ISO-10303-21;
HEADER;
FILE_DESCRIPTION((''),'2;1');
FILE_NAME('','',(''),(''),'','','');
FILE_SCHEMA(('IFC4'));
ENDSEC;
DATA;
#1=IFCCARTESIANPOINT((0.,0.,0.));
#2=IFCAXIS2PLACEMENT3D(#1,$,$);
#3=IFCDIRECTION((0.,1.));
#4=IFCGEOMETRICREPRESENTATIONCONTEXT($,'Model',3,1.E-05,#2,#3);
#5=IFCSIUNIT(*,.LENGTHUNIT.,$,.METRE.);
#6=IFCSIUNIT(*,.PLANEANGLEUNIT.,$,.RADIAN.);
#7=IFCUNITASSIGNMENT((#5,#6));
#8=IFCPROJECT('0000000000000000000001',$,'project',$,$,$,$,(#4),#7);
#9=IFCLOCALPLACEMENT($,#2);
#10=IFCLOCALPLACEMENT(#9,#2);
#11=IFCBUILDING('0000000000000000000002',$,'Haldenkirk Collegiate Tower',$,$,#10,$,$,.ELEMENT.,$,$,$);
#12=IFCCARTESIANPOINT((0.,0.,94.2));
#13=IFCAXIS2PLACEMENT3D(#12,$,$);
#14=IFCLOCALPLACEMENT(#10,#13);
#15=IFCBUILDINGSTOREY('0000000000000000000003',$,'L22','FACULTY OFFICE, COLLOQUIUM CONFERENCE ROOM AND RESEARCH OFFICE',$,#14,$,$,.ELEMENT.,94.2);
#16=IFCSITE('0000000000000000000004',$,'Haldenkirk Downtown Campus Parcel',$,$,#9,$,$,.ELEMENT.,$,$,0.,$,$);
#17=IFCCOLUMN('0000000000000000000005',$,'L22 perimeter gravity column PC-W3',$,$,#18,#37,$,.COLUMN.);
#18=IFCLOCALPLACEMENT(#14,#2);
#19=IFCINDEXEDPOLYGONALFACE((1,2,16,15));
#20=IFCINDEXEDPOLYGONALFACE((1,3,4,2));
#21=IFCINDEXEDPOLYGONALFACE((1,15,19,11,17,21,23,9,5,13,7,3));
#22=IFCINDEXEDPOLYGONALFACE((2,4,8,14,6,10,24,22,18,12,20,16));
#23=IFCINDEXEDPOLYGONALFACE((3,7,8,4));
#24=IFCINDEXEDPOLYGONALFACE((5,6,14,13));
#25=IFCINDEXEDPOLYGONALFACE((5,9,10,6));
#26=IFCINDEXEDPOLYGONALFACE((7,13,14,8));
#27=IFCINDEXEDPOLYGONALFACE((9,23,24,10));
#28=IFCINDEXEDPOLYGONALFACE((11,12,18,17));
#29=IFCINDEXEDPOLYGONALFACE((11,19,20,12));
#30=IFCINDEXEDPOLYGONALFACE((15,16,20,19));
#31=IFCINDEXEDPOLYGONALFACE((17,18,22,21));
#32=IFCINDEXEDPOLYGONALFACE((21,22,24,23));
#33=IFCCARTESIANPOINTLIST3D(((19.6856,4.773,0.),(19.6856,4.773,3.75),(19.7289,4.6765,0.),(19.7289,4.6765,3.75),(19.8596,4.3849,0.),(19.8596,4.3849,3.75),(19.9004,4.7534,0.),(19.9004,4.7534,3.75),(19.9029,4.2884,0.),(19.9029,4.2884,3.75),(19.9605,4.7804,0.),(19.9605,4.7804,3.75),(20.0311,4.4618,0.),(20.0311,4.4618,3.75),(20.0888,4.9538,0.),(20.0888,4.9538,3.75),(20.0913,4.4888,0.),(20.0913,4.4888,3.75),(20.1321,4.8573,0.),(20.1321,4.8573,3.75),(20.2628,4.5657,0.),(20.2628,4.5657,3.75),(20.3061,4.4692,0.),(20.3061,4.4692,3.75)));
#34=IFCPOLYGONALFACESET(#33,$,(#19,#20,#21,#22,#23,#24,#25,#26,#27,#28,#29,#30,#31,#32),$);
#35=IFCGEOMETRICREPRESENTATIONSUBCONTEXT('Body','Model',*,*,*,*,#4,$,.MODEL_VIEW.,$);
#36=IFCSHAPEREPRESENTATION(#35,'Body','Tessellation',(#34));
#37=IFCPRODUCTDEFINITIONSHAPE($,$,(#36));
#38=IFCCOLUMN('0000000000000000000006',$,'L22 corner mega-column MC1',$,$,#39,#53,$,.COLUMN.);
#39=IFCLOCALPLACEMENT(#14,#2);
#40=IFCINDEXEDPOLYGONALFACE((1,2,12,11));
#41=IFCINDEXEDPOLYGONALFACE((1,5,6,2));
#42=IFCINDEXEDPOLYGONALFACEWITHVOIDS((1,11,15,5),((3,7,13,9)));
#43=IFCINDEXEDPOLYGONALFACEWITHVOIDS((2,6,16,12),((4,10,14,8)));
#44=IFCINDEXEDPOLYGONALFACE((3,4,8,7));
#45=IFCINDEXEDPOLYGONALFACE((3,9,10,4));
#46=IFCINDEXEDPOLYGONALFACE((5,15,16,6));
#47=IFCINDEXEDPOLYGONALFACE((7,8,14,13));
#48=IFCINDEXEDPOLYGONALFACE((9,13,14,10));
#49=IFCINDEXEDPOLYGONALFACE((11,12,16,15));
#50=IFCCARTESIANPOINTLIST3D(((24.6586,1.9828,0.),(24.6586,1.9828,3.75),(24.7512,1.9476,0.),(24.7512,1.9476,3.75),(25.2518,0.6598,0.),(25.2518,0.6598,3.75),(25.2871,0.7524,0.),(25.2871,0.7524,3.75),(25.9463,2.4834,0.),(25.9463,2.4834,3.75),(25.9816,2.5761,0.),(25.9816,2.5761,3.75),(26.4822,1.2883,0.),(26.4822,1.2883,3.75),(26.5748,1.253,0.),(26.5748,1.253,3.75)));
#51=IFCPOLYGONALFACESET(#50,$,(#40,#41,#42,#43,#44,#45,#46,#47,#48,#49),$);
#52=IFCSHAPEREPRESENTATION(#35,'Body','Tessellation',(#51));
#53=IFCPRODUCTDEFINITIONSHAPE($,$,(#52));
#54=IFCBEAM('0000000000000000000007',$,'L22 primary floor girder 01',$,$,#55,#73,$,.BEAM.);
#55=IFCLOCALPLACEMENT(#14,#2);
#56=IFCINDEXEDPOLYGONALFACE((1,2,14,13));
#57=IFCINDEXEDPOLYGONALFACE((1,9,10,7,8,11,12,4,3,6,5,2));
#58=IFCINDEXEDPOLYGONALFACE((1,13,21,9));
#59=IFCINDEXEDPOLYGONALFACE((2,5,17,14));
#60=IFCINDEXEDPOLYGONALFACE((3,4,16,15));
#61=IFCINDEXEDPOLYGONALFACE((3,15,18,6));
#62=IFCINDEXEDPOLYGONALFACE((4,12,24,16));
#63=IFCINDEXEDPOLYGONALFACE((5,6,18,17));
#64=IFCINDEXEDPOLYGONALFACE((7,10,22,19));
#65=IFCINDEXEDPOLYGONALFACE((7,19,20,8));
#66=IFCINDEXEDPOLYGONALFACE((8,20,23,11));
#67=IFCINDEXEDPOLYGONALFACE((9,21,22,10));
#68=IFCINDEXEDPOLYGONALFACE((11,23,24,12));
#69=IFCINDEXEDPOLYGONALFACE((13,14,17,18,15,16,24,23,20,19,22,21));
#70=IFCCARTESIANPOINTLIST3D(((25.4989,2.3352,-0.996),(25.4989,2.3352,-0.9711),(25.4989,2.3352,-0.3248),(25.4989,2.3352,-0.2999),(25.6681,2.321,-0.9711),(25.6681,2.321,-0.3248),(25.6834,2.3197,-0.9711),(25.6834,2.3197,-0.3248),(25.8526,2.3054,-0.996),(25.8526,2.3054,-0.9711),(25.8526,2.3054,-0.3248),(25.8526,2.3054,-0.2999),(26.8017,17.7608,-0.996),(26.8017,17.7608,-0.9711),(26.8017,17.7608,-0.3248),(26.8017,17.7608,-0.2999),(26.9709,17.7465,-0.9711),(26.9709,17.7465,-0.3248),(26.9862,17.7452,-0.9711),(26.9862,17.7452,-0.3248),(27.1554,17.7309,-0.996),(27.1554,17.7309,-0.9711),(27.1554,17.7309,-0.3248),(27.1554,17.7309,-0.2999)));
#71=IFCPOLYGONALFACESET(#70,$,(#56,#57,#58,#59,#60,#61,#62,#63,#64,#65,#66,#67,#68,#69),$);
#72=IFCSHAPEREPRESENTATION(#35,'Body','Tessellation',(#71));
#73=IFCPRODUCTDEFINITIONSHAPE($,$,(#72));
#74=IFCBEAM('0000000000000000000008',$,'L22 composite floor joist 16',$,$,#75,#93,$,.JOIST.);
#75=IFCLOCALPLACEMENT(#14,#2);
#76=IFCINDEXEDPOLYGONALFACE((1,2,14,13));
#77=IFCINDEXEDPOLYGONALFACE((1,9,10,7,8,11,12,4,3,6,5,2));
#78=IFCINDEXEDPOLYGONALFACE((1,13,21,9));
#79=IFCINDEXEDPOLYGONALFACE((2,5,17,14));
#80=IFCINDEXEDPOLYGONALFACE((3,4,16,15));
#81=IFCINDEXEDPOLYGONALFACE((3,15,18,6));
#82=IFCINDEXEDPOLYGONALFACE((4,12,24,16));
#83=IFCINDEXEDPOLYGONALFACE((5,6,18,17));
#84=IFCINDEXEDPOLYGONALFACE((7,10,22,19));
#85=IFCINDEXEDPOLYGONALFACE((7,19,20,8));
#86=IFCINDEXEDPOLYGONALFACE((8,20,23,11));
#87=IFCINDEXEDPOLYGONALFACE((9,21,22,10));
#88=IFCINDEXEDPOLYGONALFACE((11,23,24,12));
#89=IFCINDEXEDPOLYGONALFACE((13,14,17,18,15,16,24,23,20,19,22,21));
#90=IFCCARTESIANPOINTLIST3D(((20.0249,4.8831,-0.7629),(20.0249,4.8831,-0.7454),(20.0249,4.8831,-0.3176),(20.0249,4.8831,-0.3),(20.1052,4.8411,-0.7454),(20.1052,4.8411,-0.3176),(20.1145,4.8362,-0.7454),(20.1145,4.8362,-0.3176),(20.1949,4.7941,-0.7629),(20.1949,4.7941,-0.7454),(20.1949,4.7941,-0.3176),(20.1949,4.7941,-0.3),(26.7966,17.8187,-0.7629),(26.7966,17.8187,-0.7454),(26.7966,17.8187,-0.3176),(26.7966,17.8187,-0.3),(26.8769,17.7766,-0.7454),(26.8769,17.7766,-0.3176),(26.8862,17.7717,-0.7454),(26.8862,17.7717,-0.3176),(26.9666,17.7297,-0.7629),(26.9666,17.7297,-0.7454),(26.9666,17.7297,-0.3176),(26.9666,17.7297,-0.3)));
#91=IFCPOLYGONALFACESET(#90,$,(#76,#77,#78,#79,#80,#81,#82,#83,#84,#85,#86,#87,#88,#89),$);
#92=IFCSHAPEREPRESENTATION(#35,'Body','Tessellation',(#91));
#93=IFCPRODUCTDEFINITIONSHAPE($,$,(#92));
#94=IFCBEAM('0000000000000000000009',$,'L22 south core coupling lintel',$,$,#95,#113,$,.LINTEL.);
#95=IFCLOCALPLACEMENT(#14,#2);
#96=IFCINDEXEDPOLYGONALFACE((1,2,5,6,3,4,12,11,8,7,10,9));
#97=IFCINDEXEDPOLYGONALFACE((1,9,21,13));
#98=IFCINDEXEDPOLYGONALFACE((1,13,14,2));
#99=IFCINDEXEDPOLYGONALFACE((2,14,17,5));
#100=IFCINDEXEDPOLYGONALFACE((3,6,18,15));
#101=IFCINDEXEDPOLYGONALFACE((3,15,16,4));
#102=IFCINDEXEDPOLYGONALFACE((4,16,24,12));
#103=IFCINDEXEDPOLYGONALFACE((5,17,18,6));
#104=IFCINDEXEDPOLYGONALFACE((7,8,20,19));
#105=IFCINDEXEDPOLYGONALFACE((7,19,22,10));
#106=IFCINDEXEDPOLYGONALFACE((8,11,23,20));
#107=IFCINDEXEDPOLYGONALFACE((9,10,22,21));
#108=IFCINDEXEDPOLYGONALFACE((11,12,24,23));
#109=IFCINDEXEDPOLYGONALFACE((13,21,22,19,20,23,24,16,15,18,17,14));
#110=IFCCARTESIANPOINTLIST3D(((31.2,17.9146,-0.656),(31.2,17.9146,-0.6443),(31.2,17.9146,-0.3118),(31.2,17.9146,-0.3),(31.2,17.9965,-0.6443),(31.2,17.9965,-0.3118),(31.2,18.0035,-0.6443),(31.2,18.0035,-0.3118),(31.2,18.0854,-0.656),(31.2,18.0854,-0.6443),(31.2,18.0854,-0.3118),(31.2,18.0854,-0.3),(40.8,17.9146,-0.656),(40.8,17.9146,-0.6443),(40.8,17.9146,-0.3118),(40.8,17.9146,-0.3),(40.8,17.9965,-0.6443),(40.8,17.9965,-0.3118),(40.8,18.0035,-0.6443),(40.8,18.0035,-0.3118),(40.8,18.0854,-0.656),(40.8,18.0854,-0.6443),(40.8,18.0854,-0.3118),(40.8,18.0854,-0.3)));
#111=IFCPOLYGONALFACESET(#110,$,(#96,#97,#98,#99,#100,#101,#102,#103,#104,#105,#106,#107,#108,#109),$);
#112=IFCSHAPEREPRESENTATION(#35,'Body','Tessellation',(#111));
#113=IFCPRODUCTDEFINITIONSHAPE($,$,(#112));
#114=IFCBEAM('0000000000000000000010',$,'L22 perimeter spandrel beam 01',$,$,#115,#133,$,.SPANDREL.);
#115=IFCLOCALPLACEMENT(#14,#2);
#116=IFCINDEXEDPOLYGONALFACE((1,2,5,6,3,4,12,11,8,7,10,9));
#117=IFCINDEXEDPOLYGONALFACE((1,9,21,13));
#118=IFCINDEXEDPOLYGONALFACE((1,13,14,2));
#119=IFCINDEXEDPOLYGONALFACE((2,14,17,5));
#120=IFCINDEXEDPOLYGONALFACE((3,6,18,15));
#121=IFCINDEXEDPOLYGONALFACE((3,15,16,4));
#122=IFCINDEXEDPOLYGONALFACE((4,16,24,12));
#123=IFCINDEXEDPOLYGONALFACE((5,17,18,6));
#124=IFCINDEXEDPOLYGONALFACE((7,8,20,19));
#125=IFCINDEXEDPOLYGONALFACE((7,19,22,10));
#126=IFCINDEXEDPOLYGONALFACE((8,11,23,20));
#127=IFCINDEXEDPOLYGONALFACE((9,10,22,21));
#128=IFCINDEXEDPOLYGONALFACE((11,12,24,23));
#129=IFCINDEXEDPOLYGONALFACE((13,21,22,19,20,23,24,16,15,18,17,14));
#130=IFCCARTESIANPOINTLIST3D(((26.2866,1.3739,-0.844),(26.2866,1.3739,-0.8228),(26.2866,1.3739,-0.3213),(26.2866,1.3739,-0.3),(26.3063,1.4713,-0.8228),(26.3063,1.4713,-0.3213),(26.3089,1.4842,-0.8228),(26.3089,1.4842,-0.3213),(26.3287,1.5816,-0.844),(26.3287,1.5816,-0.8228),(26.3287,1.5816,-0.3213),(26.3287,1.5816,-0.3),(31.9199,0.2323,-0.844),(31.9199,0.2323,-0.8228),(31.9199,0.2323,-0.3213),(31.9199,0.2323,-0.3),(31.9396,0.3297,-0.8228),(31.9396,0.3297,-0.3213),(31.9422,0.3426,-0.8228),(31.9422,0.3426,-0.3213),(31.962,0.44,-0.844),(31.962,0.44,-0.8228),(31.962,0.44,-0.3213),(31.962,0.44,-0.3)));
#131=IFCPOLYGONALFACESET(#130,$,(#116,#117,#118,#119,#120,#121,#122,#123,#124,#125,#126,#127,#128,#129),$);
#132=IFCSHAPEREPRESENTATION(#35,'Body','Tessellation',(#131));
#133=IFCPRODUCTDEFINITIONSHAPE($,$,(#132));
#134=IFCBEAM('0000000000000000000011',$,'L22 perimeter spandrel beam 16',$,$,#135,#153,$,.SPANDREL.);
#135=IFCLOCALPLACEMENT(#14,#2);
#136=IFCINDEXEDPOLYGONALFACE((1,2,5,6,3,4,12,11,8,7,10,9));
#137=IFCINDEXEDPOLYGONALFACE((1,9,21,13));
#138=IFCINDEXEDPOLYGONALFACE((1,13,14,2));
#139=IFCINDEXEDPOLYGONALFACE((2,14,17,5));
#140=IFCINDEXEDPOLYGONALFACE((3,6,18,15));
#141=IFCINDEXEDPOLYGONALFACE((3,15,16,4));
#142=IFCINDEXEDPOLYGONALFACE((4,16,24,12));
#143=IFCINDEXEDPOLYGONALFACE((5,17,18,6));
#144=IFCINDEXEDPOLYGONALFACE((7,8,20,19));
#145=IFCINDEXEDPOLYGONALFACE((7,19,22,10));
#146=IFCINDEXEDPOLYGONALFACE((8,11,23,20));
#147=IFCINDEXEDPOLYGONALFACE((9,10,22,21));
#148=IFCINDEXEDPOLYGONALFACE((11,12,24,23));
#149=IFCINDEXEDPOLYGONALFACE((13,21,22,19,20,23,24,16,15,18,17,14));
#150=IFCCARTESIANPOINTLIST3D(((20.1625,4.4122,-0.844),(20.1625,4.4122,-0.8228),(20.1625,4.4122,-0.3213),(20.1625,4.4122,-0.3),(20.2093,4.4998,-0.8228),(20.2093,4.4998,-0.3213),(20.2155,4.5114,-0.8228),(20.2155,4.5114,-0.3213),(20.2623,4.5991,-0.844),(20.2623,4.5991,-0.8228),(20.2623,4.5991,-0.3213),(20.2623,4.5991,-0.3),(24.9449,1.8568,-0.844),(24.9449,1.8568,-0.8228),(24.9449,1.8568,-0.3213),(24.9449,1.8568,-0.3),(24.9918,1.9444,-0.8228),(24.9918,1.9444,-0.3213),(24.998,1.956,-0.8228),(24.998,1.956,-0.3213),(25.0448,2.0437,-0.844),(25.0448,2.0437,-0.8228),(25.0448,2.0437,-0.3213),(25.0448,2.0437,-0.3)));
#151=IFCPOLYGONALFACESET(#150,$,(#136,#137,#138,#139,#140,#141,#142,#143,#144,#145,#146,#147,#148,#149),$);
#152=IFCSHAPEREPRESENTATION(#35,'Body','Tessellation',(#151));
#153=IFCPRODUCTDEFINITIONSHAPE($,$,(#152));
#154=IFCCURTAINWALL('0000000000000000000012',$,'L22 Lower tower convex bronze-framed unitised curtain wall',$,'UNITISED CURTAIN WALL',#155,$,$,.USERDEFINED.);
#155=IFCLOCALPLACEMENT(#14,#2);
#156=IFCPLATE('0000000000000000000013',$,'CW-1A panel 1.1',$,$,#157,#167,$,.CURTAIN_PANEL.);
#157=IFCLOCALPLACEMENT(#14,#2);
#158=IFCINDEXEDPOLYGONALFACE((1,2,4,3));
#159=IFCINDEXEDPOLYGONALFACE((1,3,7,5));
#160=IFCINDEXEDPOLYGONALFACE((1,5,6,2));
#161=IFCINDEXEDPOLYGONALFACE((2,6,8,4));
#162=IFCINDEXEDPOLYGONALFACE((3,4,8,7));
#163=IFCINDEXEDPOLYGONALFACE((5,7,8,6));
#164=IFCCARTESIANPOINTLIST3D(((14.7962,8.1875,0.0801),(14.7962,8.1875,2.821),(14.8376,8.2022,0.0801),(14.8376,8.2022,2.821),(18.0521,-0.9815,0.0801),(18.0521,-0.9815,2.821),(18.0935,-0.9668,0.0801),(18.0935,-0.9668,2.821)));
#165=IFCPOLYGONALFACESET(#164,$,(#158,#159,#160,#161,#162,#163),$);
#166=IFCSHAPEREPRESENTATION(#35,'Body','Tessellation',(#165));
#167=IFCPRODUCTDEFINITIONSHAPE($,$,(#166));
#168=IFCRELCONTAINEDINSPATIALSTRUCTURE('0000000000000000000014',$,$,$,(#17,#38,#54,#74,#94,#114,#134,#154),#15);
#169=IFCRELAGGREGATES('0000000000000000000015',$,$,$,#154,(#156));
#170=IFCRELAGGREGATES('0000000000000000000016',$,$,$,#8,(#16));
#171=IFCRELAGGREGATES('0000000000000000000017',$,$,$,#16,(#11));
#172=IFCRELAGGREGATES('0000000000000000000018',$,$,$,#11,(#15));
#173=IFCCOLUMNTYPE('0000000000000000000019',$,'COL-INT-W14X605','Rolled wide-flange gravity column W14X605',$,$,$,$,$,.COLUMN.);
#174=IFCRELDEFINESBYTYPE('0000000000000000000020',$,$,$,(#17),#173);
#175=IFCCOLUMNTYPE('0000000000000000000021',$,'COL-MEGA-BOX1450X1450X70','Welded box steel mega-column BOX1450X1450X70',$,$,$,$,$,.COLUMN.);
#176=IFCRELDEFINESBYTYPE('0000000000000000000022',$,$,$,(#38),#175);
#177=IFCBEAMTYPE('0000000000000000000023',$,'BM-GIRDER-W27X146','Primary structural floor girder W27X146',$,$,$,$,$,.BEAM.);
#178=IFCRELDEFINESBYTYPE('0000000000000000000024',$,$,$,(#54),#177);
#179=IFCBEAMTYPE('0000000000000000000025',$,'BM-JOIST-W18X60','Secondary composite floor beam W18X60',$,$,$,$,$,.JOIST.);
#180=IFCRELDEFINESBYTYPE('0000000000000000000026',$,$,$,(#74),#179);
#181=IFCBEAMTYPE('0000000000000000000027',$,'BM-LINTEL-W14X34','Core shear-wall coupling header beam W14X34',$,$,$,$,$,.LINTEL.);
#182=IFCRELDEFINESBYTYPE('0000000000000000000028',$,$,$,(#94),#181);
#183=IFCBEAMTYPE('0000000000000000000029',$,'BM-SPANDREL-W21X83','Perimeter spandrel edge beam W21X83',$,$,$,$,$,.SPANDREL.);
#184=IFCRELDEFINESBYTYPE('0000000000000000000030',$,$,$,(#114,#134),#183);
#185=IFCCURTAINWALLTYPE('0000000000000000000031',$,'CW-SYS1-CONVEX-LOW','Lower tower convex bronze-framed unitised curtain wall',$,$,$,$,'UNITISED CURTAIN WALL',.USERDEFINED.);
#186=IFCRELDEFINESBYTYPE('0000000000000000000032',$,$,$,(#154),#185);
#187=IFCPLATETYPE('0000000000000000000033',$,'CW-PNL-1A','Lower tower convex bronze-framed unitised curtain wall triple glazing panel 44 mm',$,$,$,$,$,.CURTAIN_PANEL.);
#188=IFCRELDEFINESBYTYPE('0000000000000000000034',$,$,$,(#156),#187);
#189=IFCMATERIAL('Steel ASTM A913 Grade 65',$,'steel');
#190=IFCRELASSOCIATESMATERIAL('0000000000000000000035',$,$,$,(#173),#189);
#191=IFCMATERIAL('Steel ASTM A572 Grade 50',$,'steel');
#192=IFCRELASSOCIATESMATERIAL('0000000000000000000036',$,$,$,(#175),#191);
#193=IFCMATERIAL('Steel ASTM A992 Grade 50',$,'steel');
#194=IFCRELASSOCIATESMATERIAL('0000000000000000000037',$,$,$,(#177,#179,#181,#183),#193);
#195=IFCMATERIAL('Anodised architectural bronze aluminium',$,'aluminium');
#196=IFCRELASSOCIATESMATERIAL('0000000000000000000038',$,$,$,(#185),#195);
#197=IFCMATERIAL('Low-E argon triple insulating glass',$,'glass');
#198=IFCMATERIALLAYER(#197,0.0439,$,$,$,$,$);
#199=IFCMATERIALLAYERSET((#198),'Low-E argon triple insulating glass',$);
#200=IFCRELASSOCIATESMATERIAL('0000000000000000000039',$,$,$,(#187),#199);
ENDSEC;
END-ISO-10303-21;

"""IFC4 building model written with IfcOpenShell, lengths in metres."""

from ifc_helpers import new_model, si_unit, direction, frame, origin, origin_2d, place, context, subcontext, project, spatial, rectangle, hollow_rectangle, i_section, extrude, source, transform, mapped, material, layer, layer_set, material_profile, profile_set, type_object, element, aggregate, save


model = new_model("IFC4")

# Units and contexts
model_context = context("Model", 3, precision=1e-05, world=origin(), true_north=direction((0.0, 1.0)))
body_context = subcontext(model_context, "Body", "Model", "MODEL_VIEW")
ifc_project = project(units=[si_unit("LENGTHUNIT", "METRE"), si_unit("PLANEANGLEUNIT", "RADIAN")], contexts=[model_context])

# Site, building, storey
site_placement = place(None, origin())
site = spatial("IfcSite", under=ifc_project, at=site_placement, Name="Haldenkirk Downtown Campus Parcel", CompositionType="ELEMENT", RefElevation=0.0)
building_placement = place(site_placement, origin())
building = spatial("IfcBuilding", under=site, at=building_placement, Name="Haldenkirk Collegiate Tower", CompositionType="ELEMENT")
storey_placement = place(building_placement, frame((0.0, 0.0, 94.2)))
storey = spatial("IfcBuildingStorey", under=building, at=storey_placement, Name="L22", Description="FACULTY OFFICE, COLLOQUIUM CONFERENCE ROOM AND RESEARCH OFFICE", CompositionType="ELEMENT", Elevation=94.2)

# Columns
ifc_material_1 = material(Name="Steel ASTM A913 Grade 65", Category="steel")
ifc_material_profile_1 = material_profile(ifc_material_1, i_section(OverallWidth=0.4419, OverallDepth=0.531, WebThickness=0.0659, FlangeThickness=0.1057, at=origin_2d()), Name="W14X605")
ifc_profile_set_1 = profile_set([ifc_material_profile_1], Name="Steel ASTM A913 Grade 65")
column_type_1 = type_object("IfcColumnType", Name="COL-INT-W14X605", Description="Rolled wide-flange gravity column W14X605", PredefinedType="COLUMN", material=ifc_profile_set_1)
column_1_placement = place(storey_placement, frame((19.9958, 4.6211, 0.0), z_axis=(0.0, 0.0, 1.0), x_axis=(0.912477, 0.409127, 0.0)))
element("IfcColumn", 1, at=column_1_placement, inside=storey, type_object=column_type_1, Name="L22 perimeter gravity column PC-W3", PredefinedType="COLUMN", context=body_context, shape_type="SweptSolid", body=[
    extrude(i_section(OverallWidth=0.4419, OverallDepth=0.531, WebThickness=0.0659, FlangeThickness=0.1057, at=origin_2d()), origin(), (0.0, 0.0, 1.0), 3.75),
])
ifc_material_2 = material(Name="Steel ASTM A572 Grade 50", Category="steel")
ifc_material_profile_2 = material_profile(ifc_material_2, hollow_rectangle(XDim=1.45, YDim=1.45, WallThickness=0.0701, at=origin_2d()), Name="BOX1450X1450X70")
ifc_profile_set_2 = profile_set([ifc_material_profile_2], Name="Steel ASTM A572 Grade 50")
column_type_2 = type_object("IfcColumnType", Name="COL-MEGA-BOX1450X1450X70", Description="Welded box steel mega-column BOX1450X1450X70", PredefinedType="COLUMN", material=ifc_profile_set_2)
column_2_placement = place(storey_placement, frame((25.6167, 1.6179, 0.0), z_axis=(0.0, 0.0, 1.0), x_axis=(0.912477, 0.409127, 0.0)))
element("IfcColumn", 2, at=column_2_placement, inside=storey, type_object=column_type_2, Name="L22 corner mega-column MC1", PredefinedType="COLUMN", context=body_context, shape_type="SweptSolid", body=[
    extrude(hollow_rectangle(XDim=1.45, YDim=1.45, WallThickness=0.0701, at=origin_2d()), origin(), (0.0, 0.0, 1.0), 3.75),
])

# Beams
ifc_material_3 = material(Name="Steel ASTM A992 Grade 50", Category="steel")
ifc_material_profile_3 = material_profile(ifc_material_3, i_section(OverallWidth=0.355, OverallDepth=0.696, WebThickness=0.0154, FlangeThickness=0.0249, at=origin_2d()), Name="W27X146")
ifc_profile_set_3 = profile_set([ifc_material_profile_3], Name="Steel ASTM A992 Grade 50")
beam_type_1 = type_object("IfcBeamType", Name="BM-GIRDER-W27X146", Description="Primary structural floor girder W27X146", PredefinedType="BEAM", material=ifc_profile_set_3)
beam_1_placement = place(storey_placement, frame((25.6758, 2.3203, -0.6479), z_axis=(0.084154, 0.996453, 0.0), x_axis=(-0.996453, 0.084154, 0.0)))
element("IfcBeam", 3, at=beam_1_placement, inside=storey, type_object=beam_type_1, Name="L22 primary floor girder 01", PredefinedType="BEAM", context=body_context, shape_type="SweptSolid", body=[
    extrude(i_section(OverallWidth=0.355, OverallDepth=0.696, WebThickness=0.0154, FlangeThickness=0.0249, at=origin_2d()), origin(), (0.0, 0.0, 1.0), 15.4805),
])
ifc_material_profile_4 = material_profile(ifc_material_3, i_section(OverallWidth=0.1919, OverallDepth=0.4629, WebThickness=0.0105, FlangeThickness=0.0176, at=origin_2d()), Name="W18X60")
ifc_profile_set_4 = profile_set([ifc_material_profile_4], Name="Steel ASTM A992 Grade 50")
beam_type_2 = type_object("IfcBeamType", Name="BM-JOIST-W18X60", Description="Secondary composite floor beam W18X60", PredefinedType="JOIST", material=ifc_profile_set_4)
beam_2_placement = place(storey_placement, frame((20.1099, 4.8386, -0.5315), z_axis=(0.46379, 0.885945, 0.0), x_axis=(-0.885945, 0.46379, 0.0)))
element("IfcBeam", 4, at=beam_2_placement, inside=storey, type_object=beam_type_2, Name="L22 composite floor joist 16", PredefinedType="JOIST", context=body_context, shape_type="SweptSolid", body=[
    extrude(i_section(OverallWidth=0.1919, OverallDepth=0.4629, WebThickness=0.0105, FlangeThickness=0.0176, at=origin_2d()), origin(), (0.0, 0.0, 1.0), 14.6008),
])
ifc_material_profile_5 = material_profile(ifc_material_3, i_section(OverallWidth=0.1709, OverallDepth=0.356, WebThickness=0.0071, FlangeThickness=0.0117, at=origin_2d()), Name="W14X34")
ifc_profile_set_5 = profile_set([ifc_material_profile_5], Name="Steel ASTM A992 Grade 50")
beam_type_3 = type_object("IfcBeamType", Name="BM-LINTEL-W14X34", Description="Core shear-wall coupling header beam W14X34", PredefinedType="LINTEL", material=ifc_profile_set_5)
beam_3_placement = place(storey_placement, frame((31.2, 18.0, -0.478), z_axis=(1.0, 0.0, 0.0), x_axis=(0.0, 1.0, 0.0)))
element("IfcBeam", 5, at=beam_3_placement, inside=storey, type_object=beam_type_3, Name="L22 south core coupling lintel", PredefinedType="LINTEL", context=body_context, shape_type="SweptSolid", body=[
    extrude(i_section(OverallWidth=0.1709, OverallDepth=0.356, WebThickness=0.0071, FlangeThickness=0.0117, at=origin_2d()), origin(), (0.0, 0.0, 1.0), 9.6001),
])
ifc_material_profile_6 = material_profile(ifc_material_3, i_section(OverallWidth=0.2119, OverallDepth=0.5439, WebThickness=0.0132, FlangeThickness=0.0212, at=origin_2d()), Name="W21X83")
ifc_profile_set_6 = profile_set([ifc_material_profile_6], Name="Steel ASTM A992 Grade 50")
beam_type_4 = type_object("IfcBeamType", Name="BM-SPANDREL-W21X83", Description="Perimeter spandrel edge beam W21X83", PredefinedType="SPANDREL", material=ifc_profile_set_6)
beam_4_placement = place(storey_placement, frame((26.3076, 1.4778, -0.572), z_axis=(0.980078, -0.198615, 0.0), x_axis=(0.198615, 0.980078, 0.0)))
element("IfcBeam", 6, at=beam_4_placement, inside=storey, type_object=beam_type_4, Name="L22 perimeter spandrel beam 01", PredefinedType="SPANDREL", context=body_context, shape_type="SweptSolid", body=[
    extrude(i_section(OverallWidth=0.2119, OverallDepth=0.5439, WebThickness=0.0132, FlangeThickness=0.0212, at=origin_2d()), origin(), (0.0, 0.0, 1.0), 5.7478),
])
beam_5_placement = place(storey_placement, frame((20.2124, 4.5056, -0.572), z_axis=(0.881987, -0.471273, 0.0), x_axis=(0.471273, 0.881987, 0.0)))
element("IfcBeam", 7, at=beam_5_placement, inside=storey, type_object=beam_type_4, Name="L22 perimeter spandrel beam 16", PredefinedType="SPANDREL", context=body_context, shape_type="SweptSolid", body=[
    extrude(i_section(OverallWidth=0.2119, OverallDepth=0.5439, WebThickness=0.0132, FlangeThickness=0.0212, at=origin_2d()), origin(), (0.0, 0.0, 1.0), 5.4224),
])

# Curtain wall, plate
ifc_material_4 = material(Name="Anodised architectural bronze aluminium", Category="aluminium")
curtain_wall_type = type_object("IfcCurtainWallType", Name="CW-SYS1-CONVEX-LOW", Description="Lower tower convex bronze-framed unitised curtain wall", ElementType="UNITISED CURTAIN WALL", PredefinedType="USERDEFINED", material=ifc_material_4)
curtain_wall_placement = place(storey_placement, origin())
curtain_wall = element("IfcCurtainWall", 8, at=curtain_wall_placement, inside=storey, type_object=curtain_wall_type, Name="L22 Lower tower convex bronze-framed unitised curtain wall", ObjectType="UNITISED CURTAIN WALL", PredefinedType="USERDEFINED")
ifc_material_5 = material(Name="Low-E argon triple insulating glass", Category="glass")
ifc_layer_1 = layer(ifc_material_5, 0.0439)
ifc_layer_set_1 = layer_set([ifc_layer_1], Name="Low-E argon triple insulating glass")
plate_type = type_object("IfcPlateType", Name="CW-PNL-1A", Description="Lower tower convex bronze-framed unitised curtain wall triple glazing panel 44 mm", PredefinedType="CURTAIN_PANEL", material=ifc_layer_set_1)
shared_shape = source(origin(), body_context, "Body", "SweptSolid", [
    extrude(rectangle(XDim=9.73, YDim=0.0439, at=origin_2d()), origin(), (0.0, 0.0, 1.0), 2.741),
])
plate_placement = place(storey_placement, frame((16.4448, 3.6104, 0.0801), z_axis=(0.0, 0.0, 1.0), x_axis=(-0.334626, 0.942351, 0.0)))
plate = element("IfcPlate", 9, at=plate_placement, type_object=plate_type, Name="CW-1A panel 1.1", PredefinedType="CURTAIN_PANEL", context=body_context, shape_type="MappedRepresentation", body=[
    mapped(shared_shape, transform((0.0, 0.0, 0.0), x_axis=(1.0, 0.0, 0.0), y_axis=(0.0, 1.0, 0.0), z_axis=(0.0, 0.0, 1.0), scale=1.0)),
])
aggregate(curtain_wall, [plate])

save(model, "model.ifc")
